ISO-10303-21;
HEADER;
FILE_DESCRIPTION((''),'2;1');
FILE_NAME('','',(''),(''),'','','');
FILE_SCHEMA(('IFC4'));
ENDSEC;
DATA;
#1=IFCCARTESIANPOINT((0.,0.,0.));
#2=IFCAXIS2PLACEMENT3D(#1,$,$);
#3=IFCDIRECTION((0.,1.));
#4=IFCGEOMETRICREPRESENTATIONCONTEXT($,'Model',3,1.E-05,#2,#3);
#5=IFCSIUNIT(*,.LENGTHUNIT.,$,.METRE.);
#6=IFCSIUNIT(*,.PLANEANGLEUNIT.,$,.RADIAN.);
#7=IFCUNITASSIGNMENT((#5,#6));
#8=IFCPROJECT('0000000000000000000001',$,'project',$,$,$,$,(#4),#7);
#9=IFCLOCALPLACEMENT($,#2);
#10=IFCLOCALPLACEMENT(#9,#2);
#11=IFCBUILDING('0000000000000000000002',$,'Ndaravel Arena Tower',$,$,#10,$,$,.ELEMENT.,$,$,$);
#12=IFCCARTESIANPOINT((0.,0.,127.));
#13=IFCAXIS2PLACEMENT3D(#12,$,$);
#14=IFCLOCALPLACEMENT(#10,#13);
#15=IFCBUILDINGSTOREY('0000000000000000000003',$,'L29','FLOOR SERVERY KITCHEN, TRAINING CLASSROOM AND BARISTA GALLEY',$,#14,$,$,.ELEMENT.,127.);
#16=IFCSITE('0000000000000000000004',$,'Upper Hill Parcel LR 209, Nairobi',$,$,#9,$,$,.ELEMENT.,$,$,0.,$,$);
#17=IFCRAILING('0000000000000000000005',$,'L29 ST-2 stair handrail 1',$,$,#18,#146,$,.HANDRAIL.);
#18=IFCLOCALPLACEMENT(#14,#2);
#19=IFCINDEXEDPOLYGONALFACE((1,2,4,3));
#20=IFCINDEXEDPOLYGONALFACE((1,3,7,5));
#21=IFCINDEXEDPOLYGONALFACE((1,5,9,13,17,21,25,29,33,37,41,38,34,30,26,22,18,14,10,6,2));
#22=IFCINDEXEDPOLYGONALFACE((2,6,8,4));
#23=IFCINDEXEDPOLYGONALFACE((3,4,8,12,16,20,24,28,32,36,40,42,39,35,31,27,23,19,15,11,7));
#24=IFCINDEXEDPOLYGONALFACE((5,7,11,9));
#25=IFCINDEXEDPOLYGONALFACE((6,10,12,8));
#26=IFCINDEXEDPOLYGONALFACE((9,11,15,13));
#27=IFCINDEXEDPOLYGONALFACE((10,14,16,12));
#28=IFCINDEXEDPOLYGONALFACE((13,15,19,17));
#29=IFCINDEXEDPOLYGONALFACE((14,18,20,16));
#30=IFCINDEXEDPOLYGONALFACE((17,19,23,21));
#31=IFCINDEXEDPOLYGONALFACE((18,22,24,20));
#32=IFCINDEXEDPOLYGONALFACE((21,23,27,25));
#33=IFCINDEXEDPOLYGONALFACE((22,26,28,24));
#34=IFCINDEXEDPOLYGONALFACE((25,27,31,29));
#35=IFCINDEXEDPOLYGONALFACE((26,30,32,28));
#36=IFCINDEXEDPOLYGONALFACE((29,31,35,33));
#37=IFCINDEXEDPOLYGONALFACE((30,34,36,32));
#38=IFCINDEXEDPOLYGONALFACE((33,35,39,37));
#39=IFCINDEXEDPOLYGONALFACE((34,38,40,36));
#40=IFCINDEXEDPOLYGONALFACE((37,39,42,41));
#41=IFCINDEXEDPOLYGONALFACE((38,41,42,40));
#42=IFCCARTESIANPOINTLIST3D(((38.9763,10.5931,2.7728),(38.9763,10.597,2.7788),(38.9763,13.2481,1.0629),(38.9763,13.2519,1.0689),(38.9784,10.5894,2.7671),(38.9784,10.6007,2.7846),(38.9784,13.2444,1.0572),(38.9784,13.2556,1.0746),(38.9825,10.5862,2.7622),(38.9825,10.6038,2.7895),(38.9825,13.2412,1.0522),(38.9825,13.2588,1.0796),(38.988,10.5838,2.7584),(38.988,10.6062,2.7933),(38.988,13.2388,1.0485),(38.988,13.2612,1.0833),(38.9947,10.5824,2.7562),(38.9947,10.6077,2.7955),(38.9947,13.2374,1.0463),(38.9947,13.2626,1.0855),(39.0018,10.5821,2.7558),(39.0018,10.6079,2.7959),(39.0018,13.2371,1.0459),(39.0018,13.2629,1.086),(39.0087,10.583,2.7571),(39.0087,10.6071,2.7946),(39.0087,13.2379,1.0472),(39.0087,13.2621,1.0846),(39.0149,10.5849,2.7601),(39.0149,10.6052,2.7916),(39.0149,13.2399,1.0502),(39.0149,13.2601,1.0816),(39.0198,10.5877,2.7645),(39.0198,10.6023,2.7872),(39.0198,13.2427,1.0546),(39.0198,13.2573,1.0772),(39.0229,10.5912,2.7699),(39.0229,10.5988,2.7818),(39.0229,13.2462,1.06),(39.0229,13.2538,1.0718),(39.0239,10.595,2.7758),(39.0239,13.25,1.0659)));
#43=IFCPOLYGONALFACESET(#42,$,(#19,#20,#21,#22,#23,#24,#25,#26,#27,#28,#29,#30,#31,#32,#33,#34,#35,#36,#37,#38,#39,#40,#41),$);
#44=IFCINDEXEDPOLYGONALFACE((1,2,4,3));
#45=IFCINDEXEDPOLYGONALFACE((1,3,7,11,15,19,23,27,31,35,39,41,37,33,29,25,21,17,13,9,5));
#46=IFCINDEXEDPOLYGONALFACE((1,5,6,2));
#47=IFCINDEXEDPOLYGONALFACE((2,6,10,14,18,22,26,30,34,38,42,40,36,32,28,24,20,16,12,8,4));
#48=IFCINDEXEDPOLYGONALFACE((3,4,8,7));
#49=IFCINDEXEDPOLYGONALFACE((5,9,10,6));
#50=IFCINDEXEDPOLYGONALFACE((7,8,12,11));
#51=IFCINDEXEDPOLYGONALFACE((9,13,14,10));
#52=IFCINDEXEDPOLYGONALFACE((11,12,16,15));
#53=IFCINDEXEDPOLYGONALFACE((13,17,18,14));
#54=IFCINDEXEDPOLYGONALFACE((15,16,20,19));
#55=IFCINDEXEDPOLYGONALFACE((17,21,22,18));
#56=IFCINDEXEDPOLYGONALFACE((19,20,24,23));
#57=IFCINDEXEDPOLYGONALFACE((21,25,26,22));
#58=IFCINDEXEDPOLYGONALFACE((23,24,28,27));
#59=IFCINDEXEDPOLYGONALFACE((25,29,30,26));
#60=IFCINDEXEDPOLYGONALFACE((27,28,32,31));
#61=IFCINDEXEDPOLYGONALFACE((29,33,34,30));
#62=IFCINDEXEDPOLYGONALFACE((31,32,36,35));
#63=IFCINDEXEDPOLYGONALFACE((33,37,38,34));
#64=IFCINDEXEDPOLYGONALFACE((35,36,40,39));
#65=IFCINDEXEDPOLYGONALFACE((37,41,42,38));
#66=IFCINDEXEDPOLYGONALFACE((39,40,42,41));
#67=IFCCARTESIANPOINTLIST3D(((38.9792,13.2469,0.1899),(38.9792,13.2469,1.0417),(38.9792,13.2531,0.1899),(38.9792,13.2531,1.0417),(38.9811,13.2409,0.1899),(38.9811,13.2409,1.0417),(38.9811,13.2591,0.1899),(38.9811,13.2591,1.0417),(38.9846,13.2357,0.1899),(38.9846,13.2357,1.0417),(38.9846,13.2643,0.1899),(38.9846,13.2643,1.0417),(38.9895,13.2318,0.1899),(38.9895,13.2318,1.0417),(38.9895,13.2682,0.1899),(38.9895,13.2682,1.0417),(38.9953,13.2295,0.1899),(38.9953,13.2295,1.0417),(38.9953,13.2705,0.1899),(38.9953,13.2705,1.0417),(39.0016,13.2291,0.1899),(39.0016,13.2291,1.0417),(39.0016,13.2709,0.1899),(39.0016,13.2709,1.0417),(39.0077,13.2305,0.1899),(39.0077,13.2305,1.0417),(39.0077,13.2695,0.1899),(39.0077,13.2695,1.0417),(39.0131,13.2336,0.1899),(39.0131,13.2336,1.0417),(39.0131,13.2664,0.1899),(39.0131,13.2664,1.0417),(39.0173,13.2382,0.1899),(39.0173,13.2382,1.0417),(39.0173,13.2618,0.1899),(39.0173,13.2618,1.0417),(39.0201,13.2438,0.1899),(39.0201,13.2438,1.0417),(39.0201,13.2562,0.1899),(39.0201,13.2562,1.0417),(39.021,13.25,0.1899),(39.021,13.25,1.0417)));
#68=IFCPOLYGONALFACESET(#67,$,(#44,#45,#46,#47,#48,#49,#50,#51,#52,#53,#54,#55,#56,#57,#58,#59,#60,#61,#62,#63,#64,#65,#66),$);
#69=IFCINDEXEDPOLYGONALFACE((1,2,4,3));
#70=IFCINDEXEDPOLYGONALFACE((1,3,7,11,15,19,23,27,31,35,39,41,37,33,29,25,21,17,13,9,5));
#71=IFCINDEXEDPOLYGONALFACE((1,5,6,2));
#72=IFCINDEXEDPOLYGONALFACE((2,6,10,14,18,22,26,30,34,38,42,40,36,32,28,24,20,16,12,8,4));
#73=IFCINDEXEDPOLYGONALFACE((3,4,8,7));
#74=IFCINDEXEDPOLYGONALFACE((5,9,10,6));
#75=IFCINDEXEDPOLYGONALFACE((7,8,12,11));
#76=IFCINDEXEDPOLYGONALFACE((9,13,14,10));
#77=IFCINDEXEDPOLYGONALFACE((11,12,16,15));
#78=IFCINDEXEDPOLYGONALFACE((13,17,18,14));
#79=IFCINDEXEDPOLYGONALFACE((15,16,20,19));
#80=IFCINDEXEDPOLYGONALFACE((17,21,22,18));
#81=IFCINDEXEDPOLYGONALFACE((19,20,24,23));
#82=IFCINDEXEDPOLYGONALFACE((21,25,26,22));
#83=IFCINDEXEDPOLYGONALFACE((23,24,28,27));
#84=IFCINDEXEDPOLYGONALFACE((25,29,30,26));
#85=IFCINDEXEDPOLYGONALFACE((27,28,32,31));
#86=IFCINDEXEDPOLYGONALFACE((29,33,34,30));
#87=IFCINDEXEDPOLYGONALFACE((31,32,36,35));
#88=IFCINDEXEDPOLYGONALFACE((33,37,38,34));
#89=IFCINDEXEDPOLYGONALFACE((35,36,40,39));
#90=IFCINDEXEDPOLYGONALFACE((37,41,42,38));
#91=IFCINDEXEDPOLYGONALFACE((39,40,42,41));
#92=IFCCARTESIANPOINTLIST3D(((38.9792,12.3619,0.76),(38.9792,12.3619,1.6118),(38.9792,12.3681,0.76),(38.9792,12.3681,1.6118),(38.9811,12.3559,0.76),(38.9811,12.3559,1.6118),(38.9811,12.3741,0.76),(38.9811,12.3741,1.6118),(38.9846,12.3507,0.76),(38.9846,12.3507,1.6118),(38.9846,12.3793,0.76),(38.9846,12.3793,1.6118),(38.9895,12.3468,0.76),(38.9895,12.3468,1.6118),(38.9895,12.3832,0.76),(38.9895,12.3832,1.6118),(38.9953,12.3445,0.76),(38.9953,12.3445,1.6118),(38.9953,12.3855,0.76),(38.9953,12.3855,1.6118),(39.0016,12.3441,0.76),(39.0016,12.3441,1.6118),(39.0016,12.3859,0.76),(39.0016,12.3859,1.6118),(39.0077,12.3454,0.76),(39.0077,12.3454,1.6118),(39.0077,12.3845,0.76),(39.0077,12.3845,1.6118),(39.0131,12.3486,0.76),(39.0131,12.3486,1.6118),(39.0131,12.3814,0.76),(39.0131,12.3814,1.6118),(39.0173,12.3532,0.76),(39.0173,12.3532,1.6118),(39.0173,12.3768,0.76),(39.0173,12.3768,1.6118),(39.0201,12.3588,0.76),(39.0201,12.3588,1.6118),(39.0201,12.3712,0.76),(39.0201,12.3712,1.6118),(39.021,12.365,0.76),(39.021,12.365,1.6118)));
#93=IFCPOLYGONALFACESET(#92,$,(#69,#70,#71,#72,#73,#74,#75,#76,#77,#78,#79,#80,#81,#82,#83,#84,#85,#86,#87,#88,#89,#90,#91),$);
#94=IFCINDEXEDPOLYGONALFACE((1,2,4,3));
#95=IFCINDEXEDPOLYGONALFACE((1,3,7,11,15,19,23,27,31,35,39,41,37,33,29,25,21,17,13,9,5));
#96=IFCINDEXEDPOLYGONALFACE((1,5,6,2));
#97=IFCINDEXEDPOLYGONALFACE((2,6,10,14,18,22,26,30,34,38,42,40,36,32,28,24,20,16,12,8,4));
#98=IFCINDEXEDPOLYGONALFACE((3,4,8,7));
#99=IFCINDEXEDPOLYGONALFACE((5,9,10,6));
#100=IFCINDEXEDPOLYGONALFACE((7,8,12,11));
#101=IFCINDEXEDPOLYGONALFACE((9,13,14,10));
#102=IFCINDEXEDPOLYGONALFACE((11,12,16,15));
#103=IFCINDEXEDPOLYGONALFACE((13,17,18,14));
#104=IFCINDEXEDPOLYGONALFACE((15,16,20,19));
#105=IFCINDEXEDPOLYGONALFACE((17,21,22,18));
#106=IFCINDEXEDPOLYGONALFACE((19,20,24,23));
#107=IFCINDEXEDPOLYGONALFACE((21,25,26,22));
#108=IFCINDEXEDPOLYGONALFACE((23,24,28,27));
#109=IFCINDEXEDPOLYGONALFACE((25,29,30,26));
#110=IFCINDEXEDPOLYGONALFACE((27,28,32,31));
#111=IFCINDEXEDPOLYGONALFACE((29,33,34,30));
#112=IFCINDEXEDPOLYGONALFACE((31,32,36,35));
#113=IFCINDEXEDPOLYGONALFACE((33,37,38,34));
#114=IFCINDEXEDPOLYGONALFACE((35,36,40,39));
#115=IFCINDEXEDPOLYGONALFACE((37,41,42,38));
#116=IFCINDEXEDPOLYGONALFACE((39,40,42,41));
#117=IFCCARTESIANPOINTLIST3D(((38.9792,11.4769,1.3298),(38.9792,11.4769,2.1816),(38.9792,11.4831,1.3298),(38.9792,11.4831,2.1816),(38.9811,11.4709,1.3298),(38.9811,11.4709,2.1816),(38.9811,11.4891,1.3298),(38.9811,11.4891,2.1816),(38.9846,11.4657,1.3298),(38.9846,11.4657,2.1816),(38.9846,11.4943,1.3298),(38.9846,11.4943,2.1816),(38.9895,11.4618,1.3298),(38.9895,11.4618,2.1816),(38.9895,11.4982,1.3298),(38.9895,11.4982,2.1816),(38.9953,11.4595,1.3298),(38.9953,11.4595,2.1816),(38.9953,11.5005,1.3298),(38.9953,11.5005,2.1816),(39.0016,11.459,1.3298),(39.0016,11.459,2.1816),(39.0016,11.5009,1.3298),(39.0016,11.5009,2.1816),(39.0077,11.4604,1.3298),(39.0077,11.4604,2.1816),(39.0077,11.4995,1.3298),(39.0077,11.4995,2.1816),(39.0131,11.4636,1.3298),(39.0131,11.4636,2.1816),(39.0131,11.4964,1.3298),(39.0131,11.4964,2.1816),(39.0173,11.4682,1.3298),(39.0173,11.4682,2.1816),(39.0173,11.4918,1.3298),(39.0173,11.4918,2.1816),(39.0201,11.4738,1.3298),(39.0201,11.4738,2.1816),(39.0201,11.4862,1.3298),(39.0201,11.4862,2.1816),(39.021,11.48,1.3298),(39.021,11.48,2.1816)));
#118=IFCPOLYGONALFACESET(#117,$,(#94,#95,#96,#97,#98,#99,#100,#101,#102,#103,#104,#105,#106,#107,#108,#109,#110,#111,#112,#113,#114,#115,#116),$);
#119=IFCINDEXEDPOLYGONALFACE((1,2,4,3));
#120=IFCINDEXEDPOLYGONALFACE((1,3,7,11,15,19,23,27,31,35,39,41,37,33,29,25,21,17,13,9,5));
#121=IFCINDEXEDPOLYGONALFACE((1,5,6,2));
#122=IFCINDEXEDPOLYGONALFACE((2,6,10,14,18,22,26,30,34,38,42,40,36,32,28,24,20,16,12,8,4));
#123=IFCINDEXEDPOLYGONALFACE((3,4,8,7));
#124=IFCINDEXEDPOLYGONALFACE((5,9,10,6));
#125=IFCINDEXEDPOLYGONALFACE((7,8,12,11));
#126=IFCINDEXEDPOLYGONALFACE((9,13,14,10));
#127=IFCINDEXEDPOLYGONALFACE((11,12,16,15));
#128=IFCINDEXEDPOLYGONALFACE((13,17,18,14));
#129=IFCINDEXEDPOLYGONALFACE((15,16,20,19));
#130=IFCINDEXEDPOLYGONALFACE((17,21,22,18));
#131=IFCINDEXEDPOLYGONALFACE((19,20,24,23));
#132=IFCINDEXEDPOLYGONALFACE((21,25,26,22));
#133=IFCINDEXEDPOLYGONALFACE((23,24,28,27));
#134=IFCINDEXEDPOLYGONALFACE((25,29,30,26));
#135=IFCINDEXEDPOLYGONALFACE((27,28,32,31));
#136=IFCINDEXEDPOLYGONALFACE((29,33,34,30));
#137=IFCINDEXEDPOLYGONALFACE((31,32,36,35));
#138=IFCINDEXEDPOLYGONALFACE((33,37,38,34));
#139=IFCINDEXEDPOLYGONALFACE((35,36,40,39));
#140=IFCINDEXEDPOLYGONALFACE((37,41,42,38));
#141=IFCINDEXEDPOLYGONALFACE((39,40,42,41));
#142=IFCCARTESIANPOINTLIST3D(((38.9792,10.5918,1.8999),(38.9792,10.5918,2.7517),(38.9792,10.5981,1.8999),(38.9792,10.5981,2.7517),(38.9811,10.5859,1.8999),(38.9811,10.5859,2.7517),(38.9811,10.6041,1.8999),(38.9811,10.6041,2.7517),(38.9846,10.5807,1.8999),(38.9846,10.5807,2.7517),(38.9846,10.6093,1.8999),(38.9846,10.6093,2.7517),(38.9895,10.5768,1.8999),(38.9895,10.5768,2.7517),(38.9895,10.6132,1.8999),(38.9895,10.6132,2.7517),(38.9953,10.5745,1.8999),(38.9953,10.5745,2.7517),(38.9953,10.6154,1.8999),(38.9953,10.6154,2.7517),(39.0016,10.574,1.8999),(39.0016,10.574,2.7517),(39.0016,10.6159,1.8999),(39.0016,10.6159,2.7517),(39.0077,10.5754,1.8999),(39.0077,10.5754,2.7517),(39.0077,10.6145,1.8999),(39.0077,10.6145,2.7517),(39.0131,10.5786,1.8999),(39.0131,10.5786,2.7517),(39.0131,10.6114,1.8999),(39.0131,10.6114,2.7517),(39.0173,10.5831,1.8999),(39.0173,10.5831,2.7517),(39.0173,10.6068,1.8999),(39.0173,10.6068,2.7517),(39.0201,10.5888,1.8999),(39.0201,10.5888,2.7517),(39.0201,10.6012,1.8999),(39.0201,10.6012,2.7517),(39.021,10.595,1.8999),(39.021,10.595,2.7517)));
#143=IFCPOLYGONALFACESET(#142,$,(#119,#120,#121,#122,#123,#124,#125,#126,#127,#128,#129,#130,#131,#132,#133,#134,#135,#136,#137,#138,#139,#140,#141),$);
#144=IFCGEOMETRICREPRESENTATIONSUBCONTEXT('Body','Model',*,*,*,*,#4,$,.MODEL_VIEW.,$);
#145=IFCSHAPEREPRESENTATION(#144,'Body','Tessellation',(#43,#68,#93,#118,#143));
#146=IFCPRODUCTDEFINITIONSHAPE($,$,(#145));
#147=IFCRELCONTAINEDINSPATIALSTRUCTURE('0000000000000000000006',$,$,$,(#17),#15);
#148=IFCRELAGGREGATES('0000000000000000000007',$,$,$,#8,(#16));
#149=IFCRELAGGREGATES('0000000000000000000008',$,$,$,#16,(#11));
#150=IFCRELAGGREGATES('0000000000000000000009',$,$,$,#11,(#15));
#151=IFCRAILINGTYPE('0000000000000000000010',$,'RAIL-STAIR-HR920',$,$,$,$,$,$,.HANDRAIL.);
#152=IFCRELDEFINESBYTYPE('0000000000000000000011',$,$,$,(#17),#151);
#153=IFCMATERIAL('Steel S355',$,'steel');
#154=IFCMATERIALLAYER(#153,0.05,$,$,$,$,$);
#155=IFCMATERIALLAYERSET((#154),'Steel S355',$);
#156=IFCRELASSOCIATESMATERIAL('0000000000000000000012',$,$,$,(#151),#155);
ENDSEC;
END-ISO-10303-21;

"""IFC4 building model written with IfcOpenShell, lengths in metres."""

from ifc_helpers import new_model, si_unit, direction, frame, origin, origin_2d, place, context, subcontext, project, spatial, circle, extrude, material, layer, layer_set, type_object, element, save


model = new_model("IFC4")

# Units and contexts
model_context = context("Model", 3, precision=1e-05, world=origin(), true_north=direction((0.0, 1.0)))
body_context = subcontext(model_context, "Body", "Model", "MODEL_VIEW")
ifc_project = project(units=[si_unit("LENGTHUNIT", "METRE"), si_unit("PLANEANGLEUNIT", "RADIAN")], contexts=[model_context])

# Site, building, storey
site_placement = place(None, origin())
site = spatial("IfcSite", under=ifc_project, at=site_placement, Name="Upper Hill Parcel LR 209, Nairobi", CompositionType="ELEMENT", RefElevation=0.0)
building_placement = place(site_placement, origin())
building = spatial("IfcBuilding", under=site, at=building_placement, Name="Ndaravel Arena Tower", CompositionType="ELEMENT")
storey_placement = place(building_placement, frame((0.0, 0.0, 127.0)))
storey = spatial("IfcBuildingStorey", under=building, at=storey_placement, Name="L29", Description="FLOOR SERVERY KITCHEN, TRAINING CLASSROOM AND BARISTA GALLEY", CompositionType="ELEMENT", Elevation=127.0)

# Railing
ifc_material_1 = material(Name="Steel S355", Category="steel")
ifc_layer_1 = layer(ifc_material_1, 0.05)
ifc_layer_set_1 = layer_set([ifc_layer_1], Name="Steel S355")
railing_type_1 = type_object("IfcRailingType", Name="RAIL-STAIR-HR920", PredefinedType="HANDRAIL", material=ifc_layer_set_1)
railing_1_placement = place(storey_placement, frame((39.0, 13.25, 0.1899)))
element("IfcRailing", 1, at=railing_1_placement, inside=storey, type_object=railing_type_1, Name="L29 ST-2 stair handrail 1", PredefinedType="HANDRAIL", context=body_context, shape_type="SweptSolid", body=[
    extrude(circle(Radius=0.0239, at=origin_2d()), frame((0.0, 0.0, 0.876), z_axis=(0.0, -0.840724, 0.541465), x_axis=(1.0, 0.0, 0.0)), (0.0, 0.0, 1.0), 3.158),
    extrude(circle(Radius=0.021, at=origin_2d()), origin(), (0.0, 0.0, 1.0), 0.8518),
    extrude(circle(Radius=0.021, at=origin_2d()), frame((0.0, -0.885, 0.5701)), (0.0, 0.0, 1.0), 0.8518),
    extrude(circle(Radius=0.021, at=origin_2d()), frame((0.0, -1.77, 1.1399)), (0.0, 0.0, 1.0), 0.8518),
    extrude(circle(Radius=0.021, at=origin_2d()), frame((0.0, -2.655, 1.71)), (0.0, 0.0, 1.0), 0.8518),
])

save(model, "model.ifc")
